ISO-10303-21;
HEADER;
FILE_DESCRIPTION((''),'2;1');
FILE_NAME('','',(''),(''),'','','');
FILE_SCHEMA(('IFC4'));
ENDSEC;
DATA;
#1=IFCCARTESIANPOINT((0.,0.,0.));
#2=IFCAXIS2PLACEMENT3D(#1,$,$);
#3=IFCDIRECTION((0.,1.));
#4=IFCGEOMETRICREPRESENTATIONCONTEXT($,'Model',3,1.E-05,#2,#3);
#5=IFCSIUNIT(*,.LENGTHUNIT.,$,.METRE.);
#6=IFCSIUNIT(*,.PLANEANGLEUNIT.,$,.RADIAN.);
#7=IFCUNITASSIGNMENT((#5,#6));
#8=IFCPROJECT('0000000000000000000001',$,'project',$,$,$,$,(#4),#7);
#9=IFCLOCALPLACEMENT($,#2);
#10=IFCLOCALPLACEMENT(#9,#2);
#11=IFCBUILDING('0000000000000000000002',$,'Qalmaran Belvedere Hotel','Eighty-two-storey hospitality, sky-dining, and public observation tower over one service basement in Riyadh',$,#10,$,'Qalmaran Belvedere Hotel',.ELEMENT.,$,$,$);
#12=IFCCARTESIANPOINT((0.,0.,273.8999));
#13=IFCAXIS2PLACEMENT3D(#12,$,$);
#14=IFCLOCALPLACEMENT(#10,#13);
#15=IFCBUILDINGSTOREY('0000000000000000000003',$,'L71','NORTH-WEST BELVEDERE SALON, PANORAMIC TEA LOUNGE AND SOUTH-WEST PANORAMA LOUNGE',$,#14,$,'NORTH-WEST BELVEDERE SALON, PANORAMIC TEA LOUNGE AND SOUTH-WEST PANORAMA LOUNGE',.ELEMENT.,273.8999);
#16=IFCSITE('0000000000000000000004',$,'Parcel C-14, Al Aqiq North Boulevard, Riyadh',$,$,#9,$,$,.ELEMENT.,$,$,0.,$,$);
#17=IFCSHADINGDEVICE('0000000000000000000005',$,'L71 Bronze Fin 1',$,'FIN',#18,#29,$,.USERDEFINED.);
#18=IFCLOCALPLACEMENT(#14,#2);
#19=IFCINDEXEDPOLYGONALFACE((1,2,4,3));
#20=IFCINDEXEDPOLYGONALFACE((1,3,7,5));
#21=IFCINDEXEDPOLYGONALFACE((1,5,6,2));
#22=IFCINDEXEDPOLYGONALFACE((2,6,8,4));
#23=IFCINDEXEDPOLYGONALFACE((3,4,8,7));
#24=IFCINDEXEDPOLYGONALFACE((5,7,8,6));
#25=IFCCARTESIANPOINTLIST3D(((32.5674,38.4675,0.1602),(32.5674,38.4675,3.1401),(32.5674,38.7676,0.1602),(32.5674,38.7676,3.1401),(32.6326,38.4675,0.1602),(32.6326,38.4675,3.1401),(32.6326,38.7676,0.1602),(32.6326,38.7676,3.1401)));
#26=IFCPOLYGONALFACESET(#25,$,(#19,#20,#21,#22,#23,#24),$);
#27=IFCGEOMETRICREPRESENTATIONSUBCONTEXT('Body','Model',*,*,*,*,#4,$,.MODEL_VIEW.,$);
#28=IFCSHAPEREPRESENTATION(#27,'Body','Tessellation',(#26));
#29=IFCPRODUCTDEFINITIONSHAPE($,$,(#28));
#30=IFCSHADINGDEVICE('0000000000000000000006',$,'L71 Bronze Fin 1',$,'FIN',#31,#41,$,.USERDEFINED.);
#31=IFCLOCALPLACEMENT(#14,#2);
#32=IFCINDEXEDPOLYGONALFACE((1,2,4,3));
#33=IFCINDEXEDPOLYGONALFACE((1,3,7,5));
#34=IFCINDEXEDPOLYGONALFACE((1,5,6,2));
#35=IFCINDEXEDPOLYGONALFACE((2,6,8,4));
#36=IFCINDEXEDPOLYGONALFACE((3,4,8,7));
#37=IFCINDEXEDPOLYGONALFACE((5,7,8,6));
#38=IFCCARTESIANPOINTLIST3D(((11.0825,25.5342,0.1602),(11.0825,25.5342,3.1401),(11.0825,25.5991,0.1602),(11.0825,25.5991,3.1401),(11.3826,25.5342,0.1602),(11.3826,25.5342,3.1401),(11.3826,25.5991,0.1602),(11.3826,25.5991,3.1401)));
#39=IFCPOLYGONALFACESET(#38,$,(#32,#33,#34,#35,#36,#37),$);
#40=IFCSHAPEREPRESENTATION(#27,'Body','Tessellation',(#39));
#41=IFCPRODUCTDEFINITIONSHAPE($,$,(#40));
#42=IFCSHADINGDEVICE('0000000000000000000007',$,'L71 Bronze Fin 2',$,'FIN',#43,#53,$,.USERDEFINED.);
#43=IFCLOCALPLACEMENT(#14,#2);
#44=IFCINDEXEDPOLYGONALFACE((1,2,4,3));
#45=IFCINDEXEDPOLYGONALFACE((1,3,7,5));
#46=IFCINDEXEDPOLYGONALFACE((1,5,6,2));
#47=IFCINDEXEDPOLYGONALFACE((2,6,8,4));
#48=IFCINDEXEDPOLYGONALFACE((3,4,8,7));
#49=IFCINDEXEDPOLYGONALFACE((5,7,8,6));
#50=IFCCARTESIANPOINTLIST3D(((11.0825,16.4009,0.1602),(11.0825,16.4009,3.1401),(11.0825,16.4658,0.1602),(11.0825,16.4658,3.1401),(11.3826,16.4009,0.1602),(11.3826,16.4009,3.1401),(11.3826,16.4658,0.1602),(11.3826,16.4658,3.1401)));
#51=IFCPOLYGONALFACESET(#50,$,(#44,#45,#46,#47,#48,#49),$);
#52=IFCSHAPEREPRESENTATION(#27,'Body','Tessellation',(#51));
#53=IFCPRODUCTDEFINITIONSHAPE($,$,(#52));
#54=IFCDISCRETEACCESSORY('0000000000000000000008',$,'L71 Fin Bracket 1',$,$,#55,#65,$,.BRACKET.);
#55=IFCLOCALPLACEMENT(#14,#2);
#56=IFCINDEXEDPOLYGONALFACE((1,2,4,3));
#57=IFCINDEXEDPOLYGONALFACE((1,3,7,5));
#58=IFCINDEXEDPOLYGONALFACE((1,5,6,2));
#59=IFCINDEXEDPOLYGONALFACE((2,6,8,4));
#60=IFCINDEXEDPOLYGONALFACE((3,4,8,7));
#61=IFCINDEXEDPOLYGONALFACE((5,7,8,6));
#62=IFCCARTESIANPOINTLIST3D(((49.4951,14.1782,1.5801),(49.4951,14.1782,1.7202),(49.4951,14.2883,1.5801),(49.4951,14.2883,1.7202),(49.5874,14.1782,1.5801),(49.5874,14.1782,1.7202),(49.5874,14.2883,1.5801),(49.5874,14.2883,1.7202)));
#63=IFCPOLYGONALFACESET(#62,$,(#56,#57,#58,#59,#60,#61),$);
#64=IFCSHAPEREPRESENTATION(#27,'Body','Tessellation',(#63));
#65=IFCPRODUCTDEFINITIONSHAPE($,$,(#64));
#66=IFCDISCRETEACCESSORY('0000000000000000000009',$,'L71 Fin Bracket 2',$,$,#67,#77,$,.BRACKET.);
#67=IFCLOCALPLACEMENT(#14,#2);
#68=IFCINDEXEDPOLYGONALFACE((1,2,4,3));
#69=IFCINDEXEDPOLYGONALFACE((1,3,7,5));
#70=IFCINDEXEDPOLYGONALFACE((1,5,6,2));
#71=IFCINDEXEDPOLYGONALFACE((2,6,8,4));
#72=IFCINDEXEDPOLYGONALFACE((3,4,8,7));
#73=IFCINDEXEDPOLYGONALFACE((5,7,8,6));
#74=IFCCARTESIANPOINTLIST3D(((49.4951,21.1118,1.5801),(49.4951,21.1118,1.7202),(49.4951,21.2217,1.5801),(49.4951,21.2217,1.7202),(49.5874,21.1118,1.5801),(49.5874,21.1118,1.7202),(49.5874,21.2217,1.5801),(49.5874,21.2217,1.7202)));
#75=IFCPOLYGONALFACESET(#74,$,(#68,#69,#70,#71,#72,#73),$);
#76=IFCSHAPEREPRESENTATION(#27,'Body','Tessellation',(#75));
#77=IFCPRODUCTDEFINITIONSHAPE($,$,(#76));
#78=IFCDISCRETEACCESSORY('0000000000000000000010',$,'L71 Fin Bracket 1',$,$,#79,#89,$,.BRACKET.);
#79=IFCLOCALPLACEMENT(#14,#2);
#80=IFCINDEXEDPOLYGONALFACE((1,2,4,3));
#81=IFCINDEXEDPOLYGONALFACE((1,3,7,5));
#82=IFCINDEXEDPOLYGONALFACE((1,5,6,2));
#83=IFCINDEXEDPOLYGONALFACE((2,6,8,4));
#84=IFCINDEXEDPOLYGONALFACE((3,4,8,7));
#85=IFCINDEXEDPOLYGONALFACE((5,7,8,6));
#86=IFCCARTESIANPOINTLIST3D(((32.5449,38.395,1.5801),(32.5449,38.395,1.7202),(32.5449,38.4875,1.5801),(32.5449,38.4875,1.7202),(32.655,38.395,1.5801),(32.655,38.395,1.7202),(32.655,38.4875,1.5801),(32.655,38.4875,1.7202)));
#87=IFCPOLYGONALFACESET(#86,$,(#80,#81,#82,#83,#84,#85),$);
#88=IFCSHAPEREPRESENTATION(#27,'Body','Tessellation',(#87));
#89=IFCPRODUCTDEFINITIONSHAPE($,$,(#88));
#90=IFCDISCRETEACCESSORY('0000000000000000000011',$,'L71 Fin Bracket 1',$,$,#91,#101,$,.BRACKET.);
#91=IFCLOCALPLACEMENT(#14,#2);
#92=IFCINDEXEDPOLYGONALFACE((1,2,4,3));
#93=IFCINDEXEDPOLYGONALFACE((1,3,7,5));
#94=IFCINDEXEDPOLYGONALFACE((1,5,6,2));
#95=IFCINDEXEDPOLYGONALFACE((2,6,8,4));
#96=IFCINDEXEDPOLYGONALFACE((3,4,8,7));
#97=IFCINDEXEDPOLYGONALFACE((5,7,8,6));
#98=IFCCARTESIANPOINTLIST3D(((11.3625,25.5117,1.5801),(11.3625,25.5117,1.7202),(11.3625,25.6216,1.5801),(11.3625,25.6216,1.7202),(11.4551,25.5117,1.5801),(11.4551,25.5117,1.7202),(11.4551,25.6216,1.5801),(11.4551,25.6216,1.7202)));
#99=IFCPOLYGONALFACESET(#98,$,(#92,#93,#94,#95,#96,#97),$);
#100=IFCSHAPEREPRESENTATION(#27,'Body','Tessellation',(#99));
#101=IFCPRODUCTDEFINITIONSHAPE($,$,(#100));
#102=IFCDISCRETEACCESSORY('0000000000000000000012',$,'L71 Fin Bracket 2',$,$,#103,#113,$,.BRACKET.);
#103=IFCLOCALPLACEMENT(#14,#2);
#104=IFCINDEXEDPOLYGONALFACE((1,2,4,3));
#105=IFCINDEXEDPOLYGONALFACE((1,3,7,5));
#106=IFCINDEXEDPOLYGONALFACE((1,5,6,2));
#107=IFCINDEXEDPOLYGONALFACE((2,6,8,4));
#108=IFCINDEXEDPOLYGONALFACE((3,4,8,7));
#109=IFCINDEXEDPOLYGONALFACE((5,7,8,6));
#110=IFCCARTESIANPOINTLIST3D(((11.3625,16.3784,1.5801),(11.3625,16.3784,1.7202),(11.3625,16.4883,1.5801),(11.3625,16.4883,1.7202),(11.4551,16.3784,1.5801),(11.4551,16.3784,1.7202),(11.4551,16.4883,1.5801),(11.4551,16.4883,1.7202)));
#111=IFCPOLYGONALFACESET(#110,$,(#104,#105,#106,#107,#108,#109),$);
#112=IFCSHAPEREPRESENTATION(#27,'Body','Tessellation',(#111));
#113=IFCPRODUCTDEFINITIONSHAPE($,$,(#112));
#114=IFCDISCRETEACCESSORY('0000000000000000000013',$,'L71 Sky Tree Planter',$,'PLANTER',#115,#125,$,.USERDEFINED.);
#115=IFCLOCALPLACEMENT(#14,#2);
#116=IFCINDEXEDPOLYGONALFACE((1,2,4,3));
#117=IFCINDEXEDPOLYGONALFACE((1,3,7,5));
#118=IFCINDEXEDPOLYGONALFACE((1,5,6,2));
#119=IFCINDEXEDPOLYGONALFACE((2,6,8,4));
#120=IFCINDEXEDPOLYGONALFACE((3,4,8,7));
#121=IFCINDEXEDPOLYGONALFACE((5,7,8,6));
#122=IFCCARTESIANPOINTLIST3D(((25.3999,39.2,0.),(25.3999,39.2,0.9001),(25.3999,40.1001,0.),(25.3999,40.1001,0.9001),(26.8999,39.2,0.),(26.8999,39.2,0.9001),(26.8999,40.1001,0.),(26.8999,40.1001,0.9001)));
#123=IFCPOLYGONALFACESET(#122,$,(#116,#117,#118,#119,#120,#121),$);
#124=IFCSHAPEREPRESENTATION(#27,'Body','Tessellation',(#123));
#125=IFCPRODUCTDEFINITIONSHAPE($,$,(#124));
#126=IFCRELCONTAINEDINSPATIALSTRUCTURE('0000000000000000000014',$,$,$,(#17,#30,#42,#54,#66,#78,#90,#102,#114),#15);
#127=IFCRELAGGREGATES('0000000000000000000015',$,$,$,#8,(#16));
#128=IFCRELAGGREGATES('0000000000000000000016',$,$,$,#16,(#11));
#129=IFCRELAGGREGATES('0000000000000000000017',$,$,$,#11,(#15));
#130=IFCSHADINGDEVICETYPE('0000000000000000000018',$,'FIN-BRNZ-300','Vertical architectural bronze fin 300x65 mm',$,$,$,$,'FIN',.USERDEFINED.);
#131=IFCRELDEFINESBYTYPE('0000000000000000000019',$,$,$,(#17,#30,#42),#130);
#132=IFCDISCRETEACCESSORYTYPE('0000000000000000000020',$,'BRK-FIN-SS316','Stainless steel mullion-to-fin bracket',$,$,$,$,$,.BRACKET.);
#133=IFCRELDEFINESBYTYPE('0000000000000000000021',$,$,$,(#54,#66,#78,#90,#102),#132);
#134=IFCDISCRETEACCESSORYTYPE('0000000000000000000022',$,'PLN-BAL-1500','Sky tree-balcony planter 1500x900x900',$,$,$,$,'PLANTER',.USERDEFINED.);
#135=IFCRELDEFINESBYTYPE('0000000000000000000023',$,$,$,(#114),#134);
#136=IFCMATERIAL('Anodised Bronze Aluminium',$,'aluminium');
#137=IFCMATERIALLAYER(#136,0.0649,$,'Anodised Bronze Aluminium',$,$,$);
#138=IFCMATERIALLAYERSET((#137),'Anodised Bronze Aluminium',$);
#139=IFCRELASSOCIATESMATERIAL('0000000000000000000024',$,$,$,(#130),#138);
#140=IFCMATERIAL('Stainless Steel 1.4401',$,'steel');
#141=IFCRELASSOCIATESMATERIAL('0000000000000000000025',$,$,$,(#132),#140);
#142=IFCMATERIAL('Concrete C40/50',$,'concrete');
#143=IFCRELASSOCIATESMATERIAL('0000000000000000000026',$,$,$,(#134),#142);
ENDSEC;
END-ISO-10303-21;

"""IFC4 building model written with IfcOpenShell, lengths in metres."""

from ifc_helpers import new_model, si_unit, direction, frame, origin, place, context, subcontext, project, spatial, polyline, outline, extrude, material, layer, layer_set, type_object, element, save


model = new_model("IFC4")

# Units and contexts
model_context = context("Model", 3, precision=1e-05, world=origin(), true_north=direction((0.0, 1.0)))
body_context = subcontext(model_context, "Body", "Model", "MODEL_VIEW")
ifc_project = project(units=[si_unit("LENGTHUNIT", "METRE"), si_unit("PLANEANGLEUNIT", "RADIAN")], contexts=[model_context])

# Site, building, storey
site_placement = place(None, origin())
site = spatial("IfcSite", under=ifc_project, at=site_placement, Name="Parcel C-14, Al Aqiq North Boulevard, Riyadh", CompositionType="ELEMENT", RefElevation=0.0)
building_placement = place(site_placement, origin())
building = spatial("IfcBuilding", under=site, at=building_placement, Name="Qalmaran Belvedere Hotel", Description="Eighty-two-storey hospitality, sky-dining, and public observation tower over one service basement in Riyadh", LongName="Qalmaran Belvedere Hotel", CompositionType="ELEMENT")
storey_placement = place(building_placement, frame((0.0, 0.0, 273.8999)))
storey = spatial("IfcBuildingStorey", under=building, at=storey_placement, Name="L71", Description="NORTH-WEST BELVEDERE SALON, PANORAMIC TEA LOUNGE AND SOUTH-WEST PANORAMA LOUNGE", LongName="NORTH-WEST BELVEDERE SALON, PANORAMIC TEA LOUNGE AND SOUTH-WEST PANORAMA LOUNGE", CompositionType="ELEMENT", Elevation=273.8999)

# Shared definitions
ifc_material_1 = material(Name="Anodised Bronze Aluminium", Category="aluminium")

# Shared definitions
ifc_material_2 = material(Name="Concrete C40/50", Category="concrete")

# Shading devices
ifc_layer_1 = layer(ifc_material_1, 0.0649, Name="Anodised Bronze Aluminium")
ifc_layer_set_1 = layer_set([ifc_layer_1], Name="Anodised Bronze Aluminium")
shading_device_type = type_object("IfcShadingDeviceType", Name="FIN-BRNZ-300", Description="Vertical architectural bronze fin 300x65 mm", ElementType="FIN", PredefinedType="USERDEFINED", material=ifc_layer_set_1)
shading_device_1_placement = place(storey_placement, frame((0.0, 0.0, 0.1602)))
element("IfcShadingDevice", 1, at=shading_device_1_placement, inside=storey, type_object=shading_device_type, Name="L71 Bronze Fin 1", ObjectType="FIN", PredefinedType="USERDEFINED", context=body_context, shape_type="SweptSolid", body=[
    extrude(outline(polyline([(32.6326, 38.4675), (32.6326, 38.7676), (32.5674, 38.7676), (32.5674, 38.4675), (32.6326, 38.4675)])), origin(), (0.0, 0.0, 1.0), 2.98),
])
shading_device_2_placement = place(storey_placement, frame((0.0, 0.0, 0.1602)))
element("IfcShadingDevice", 2, at=shading_device_2_placement, inside=storey, type_object=shading_device_type, Name="L71 Bronze Fin 1", ObjectType="FIN", PredefinedType="USERDEFINED", context=body_context, shape_type="SweptSolid", body=[
    extrude(outline(polyline([(11.3826, 25.5991), (11.0825, 25.5991), (11.0825, 25.5342), (11.3826, 25.5342), (11.3826, 25.5991)])), origin(), (0.0, 0.0, 1.0), 2.98),
])
shading_device_3_placement = place(storey_placement, frame((0.0, 0.0, 0.1602)))
element("IfcShadingDevice", 3, at=shading_device_3_placement, inside=storey, type_object=shading_device_type, Name="L71 Bronze Fin 2", ObjectType="FIN", PredefinedType="USERDEFINED", context=body_context, shape_type="SweptSolid", body=[
    extrude(outline(polyline([(11.3826, 16.4658), (11.0825, 16.4658), (11.0825, 16.4009), (11.3826, 16.4009), (11.3826, 16.4658)])), origin(), (0.0, 0.0, 1.0), 2.98),
])

# Discrete accessories
ifc_material_3 = material(Name="Stainless Steel 1.4401", Category="steel")
discrete_accessory_type_1 = type_object("IfcDiscreteAccessoryType", Name="BRK-FIN-SS316", Description="Stainless steel mullion-to-fin bracket", PredefinedType="BRACKET", material=ifc_material_3)
discrete_accessory_1_placement = place(storey_placement, frame((0.0, 0.0, 1.5801)))
element("IfcDiscreteAccessory", 4, at=discrete_accessory_1_placement, inside=storey, type_object=discrete_accessory_type_1, Name="L71 Fin Bracket 1", PredefinedType="BRACKET", context=body_context, shape_type="SweptSolid", body=[
    extrude(outline(polyline([(49.4951, 14.1782), (49.5874, 14.1782), (49.5874, 14.2883), (49.4951, 14.2883), (49.4951, 14.1782)])), origin(), (0.0, 0.0, 1.0), 0.1401),
])
discrete_accessory_2_placement = place(storey_placement, frame((0.0, 0.0, 1.5801)))
element("IfcDiscreteAccessory", 5, at=discrete_accessory_2_placement, inside=storey, type_object=discrete_accessory_type_1, Name="L71 Fin Bracket 2", PredefinedType="BRACKET", context=body_context, shape_type="SweptSolid", body=[
    extrude(outline(polyline([(49.4951, 21.1118), (49.5874, 21.1118), (49.5874, 21.2217), (49.4951, 21.2217), (49.4951, 21.1118)])), origin(), (0.0, 0.0, 1.0), 0.1401),
])
discrete_accessory_3_placement = place(storey_placement, frame((0.0, 0.0, 1.5801)))
element("IfcDiscreteAccessory", 6, at=discrete_accessory_3_placement, inside=storey, type_object=discrete_accessory_type_1, Name="L71 Fin Bracket 1", PredefinedType="BRACKET", context=body_context, shape_type="SweptSolid", body=[
    extrude(outline(polyline([(32.655, 38.395), (32.655, 38.4875), (32.5449, 38.4875), (32.5449, 38.395), (32.655, 38.395)])), origin(), (0.0, 0.0, 1.0), 0.1401),
])
discrete_accessory_4_placement = place(storey_placement, frame((0.0, 0.0, 1.5801)))
element("IfcDiscreteAccessory", 7, at=discrete_accessory_4_placement, inside=storey, type_object=discrete_accessory_type_1, Name="L71 Fin Bracket 1", PredefinedType="BRACKET", context=body_context, shape_type="SweptSolid", body=[
    extrude(outline(polyline([(11.4551, 25.6216), (11.3625, 25.6216), (11.3625, 25.5117), (11.4551, 25.5117), (11.4551, 25.6216)])), origin(), (0.0, 0.0, 1.0), 0.1401),
])
discrete_accessory_5_placement = place(storey_placement, frame((0.0, 0.0, 1.5801)))
element("IfcDiscreteAccessory", 8, at=discrete_accessory_5_placement, inside=storey, type_object=discrete_accessory_type_1, Name="L71 Fin Bracket 2", PredefinedType="BRACKET", context=body_context, shape_type="SweptSolid", body=[
    extrude(outline(polyline([(11.4551, 16.4883), (11.3625, 16.4883), (11.3625, 16.3784), (11.4551, 16.3784), (11.4551, 16.4883)])), origin(), (0.0, 0.0, 1.0), 0.1401),
])
discrete_accessory_type_2 = type_object("IfcDiscreteAccessoryType", Name="PLN-BAL-1500", Description="Sky tree-balcony planter 1500x900x900", ElementType="PLANTER", PredefinedType="USERDEFINED", material=ifc_material_2)
discrete_accessory_6_placement = place(storey_placement, origin())
element("IfcDiscreteAccessory", 9, at=discrete_accessory_6_placement, inside=storey, type_object=discrete_accessory_type_2, Name="L71 Sky Tree Planter", ObjectType="PLANTER", PredefinedType="USERDEFINED", context=body_context, shape_type="SweptSolid", body=[
    extrude(outline(polyline([(25.3999, 39.2), (26.8999, 39.2), (26.8999, 40.1001), (25.3999, 40.1001), (25.3999, 39.2)])), origin(), (0.0, 0.0, 1.0), 0.9001),
])

save(model, "model.ifc")
